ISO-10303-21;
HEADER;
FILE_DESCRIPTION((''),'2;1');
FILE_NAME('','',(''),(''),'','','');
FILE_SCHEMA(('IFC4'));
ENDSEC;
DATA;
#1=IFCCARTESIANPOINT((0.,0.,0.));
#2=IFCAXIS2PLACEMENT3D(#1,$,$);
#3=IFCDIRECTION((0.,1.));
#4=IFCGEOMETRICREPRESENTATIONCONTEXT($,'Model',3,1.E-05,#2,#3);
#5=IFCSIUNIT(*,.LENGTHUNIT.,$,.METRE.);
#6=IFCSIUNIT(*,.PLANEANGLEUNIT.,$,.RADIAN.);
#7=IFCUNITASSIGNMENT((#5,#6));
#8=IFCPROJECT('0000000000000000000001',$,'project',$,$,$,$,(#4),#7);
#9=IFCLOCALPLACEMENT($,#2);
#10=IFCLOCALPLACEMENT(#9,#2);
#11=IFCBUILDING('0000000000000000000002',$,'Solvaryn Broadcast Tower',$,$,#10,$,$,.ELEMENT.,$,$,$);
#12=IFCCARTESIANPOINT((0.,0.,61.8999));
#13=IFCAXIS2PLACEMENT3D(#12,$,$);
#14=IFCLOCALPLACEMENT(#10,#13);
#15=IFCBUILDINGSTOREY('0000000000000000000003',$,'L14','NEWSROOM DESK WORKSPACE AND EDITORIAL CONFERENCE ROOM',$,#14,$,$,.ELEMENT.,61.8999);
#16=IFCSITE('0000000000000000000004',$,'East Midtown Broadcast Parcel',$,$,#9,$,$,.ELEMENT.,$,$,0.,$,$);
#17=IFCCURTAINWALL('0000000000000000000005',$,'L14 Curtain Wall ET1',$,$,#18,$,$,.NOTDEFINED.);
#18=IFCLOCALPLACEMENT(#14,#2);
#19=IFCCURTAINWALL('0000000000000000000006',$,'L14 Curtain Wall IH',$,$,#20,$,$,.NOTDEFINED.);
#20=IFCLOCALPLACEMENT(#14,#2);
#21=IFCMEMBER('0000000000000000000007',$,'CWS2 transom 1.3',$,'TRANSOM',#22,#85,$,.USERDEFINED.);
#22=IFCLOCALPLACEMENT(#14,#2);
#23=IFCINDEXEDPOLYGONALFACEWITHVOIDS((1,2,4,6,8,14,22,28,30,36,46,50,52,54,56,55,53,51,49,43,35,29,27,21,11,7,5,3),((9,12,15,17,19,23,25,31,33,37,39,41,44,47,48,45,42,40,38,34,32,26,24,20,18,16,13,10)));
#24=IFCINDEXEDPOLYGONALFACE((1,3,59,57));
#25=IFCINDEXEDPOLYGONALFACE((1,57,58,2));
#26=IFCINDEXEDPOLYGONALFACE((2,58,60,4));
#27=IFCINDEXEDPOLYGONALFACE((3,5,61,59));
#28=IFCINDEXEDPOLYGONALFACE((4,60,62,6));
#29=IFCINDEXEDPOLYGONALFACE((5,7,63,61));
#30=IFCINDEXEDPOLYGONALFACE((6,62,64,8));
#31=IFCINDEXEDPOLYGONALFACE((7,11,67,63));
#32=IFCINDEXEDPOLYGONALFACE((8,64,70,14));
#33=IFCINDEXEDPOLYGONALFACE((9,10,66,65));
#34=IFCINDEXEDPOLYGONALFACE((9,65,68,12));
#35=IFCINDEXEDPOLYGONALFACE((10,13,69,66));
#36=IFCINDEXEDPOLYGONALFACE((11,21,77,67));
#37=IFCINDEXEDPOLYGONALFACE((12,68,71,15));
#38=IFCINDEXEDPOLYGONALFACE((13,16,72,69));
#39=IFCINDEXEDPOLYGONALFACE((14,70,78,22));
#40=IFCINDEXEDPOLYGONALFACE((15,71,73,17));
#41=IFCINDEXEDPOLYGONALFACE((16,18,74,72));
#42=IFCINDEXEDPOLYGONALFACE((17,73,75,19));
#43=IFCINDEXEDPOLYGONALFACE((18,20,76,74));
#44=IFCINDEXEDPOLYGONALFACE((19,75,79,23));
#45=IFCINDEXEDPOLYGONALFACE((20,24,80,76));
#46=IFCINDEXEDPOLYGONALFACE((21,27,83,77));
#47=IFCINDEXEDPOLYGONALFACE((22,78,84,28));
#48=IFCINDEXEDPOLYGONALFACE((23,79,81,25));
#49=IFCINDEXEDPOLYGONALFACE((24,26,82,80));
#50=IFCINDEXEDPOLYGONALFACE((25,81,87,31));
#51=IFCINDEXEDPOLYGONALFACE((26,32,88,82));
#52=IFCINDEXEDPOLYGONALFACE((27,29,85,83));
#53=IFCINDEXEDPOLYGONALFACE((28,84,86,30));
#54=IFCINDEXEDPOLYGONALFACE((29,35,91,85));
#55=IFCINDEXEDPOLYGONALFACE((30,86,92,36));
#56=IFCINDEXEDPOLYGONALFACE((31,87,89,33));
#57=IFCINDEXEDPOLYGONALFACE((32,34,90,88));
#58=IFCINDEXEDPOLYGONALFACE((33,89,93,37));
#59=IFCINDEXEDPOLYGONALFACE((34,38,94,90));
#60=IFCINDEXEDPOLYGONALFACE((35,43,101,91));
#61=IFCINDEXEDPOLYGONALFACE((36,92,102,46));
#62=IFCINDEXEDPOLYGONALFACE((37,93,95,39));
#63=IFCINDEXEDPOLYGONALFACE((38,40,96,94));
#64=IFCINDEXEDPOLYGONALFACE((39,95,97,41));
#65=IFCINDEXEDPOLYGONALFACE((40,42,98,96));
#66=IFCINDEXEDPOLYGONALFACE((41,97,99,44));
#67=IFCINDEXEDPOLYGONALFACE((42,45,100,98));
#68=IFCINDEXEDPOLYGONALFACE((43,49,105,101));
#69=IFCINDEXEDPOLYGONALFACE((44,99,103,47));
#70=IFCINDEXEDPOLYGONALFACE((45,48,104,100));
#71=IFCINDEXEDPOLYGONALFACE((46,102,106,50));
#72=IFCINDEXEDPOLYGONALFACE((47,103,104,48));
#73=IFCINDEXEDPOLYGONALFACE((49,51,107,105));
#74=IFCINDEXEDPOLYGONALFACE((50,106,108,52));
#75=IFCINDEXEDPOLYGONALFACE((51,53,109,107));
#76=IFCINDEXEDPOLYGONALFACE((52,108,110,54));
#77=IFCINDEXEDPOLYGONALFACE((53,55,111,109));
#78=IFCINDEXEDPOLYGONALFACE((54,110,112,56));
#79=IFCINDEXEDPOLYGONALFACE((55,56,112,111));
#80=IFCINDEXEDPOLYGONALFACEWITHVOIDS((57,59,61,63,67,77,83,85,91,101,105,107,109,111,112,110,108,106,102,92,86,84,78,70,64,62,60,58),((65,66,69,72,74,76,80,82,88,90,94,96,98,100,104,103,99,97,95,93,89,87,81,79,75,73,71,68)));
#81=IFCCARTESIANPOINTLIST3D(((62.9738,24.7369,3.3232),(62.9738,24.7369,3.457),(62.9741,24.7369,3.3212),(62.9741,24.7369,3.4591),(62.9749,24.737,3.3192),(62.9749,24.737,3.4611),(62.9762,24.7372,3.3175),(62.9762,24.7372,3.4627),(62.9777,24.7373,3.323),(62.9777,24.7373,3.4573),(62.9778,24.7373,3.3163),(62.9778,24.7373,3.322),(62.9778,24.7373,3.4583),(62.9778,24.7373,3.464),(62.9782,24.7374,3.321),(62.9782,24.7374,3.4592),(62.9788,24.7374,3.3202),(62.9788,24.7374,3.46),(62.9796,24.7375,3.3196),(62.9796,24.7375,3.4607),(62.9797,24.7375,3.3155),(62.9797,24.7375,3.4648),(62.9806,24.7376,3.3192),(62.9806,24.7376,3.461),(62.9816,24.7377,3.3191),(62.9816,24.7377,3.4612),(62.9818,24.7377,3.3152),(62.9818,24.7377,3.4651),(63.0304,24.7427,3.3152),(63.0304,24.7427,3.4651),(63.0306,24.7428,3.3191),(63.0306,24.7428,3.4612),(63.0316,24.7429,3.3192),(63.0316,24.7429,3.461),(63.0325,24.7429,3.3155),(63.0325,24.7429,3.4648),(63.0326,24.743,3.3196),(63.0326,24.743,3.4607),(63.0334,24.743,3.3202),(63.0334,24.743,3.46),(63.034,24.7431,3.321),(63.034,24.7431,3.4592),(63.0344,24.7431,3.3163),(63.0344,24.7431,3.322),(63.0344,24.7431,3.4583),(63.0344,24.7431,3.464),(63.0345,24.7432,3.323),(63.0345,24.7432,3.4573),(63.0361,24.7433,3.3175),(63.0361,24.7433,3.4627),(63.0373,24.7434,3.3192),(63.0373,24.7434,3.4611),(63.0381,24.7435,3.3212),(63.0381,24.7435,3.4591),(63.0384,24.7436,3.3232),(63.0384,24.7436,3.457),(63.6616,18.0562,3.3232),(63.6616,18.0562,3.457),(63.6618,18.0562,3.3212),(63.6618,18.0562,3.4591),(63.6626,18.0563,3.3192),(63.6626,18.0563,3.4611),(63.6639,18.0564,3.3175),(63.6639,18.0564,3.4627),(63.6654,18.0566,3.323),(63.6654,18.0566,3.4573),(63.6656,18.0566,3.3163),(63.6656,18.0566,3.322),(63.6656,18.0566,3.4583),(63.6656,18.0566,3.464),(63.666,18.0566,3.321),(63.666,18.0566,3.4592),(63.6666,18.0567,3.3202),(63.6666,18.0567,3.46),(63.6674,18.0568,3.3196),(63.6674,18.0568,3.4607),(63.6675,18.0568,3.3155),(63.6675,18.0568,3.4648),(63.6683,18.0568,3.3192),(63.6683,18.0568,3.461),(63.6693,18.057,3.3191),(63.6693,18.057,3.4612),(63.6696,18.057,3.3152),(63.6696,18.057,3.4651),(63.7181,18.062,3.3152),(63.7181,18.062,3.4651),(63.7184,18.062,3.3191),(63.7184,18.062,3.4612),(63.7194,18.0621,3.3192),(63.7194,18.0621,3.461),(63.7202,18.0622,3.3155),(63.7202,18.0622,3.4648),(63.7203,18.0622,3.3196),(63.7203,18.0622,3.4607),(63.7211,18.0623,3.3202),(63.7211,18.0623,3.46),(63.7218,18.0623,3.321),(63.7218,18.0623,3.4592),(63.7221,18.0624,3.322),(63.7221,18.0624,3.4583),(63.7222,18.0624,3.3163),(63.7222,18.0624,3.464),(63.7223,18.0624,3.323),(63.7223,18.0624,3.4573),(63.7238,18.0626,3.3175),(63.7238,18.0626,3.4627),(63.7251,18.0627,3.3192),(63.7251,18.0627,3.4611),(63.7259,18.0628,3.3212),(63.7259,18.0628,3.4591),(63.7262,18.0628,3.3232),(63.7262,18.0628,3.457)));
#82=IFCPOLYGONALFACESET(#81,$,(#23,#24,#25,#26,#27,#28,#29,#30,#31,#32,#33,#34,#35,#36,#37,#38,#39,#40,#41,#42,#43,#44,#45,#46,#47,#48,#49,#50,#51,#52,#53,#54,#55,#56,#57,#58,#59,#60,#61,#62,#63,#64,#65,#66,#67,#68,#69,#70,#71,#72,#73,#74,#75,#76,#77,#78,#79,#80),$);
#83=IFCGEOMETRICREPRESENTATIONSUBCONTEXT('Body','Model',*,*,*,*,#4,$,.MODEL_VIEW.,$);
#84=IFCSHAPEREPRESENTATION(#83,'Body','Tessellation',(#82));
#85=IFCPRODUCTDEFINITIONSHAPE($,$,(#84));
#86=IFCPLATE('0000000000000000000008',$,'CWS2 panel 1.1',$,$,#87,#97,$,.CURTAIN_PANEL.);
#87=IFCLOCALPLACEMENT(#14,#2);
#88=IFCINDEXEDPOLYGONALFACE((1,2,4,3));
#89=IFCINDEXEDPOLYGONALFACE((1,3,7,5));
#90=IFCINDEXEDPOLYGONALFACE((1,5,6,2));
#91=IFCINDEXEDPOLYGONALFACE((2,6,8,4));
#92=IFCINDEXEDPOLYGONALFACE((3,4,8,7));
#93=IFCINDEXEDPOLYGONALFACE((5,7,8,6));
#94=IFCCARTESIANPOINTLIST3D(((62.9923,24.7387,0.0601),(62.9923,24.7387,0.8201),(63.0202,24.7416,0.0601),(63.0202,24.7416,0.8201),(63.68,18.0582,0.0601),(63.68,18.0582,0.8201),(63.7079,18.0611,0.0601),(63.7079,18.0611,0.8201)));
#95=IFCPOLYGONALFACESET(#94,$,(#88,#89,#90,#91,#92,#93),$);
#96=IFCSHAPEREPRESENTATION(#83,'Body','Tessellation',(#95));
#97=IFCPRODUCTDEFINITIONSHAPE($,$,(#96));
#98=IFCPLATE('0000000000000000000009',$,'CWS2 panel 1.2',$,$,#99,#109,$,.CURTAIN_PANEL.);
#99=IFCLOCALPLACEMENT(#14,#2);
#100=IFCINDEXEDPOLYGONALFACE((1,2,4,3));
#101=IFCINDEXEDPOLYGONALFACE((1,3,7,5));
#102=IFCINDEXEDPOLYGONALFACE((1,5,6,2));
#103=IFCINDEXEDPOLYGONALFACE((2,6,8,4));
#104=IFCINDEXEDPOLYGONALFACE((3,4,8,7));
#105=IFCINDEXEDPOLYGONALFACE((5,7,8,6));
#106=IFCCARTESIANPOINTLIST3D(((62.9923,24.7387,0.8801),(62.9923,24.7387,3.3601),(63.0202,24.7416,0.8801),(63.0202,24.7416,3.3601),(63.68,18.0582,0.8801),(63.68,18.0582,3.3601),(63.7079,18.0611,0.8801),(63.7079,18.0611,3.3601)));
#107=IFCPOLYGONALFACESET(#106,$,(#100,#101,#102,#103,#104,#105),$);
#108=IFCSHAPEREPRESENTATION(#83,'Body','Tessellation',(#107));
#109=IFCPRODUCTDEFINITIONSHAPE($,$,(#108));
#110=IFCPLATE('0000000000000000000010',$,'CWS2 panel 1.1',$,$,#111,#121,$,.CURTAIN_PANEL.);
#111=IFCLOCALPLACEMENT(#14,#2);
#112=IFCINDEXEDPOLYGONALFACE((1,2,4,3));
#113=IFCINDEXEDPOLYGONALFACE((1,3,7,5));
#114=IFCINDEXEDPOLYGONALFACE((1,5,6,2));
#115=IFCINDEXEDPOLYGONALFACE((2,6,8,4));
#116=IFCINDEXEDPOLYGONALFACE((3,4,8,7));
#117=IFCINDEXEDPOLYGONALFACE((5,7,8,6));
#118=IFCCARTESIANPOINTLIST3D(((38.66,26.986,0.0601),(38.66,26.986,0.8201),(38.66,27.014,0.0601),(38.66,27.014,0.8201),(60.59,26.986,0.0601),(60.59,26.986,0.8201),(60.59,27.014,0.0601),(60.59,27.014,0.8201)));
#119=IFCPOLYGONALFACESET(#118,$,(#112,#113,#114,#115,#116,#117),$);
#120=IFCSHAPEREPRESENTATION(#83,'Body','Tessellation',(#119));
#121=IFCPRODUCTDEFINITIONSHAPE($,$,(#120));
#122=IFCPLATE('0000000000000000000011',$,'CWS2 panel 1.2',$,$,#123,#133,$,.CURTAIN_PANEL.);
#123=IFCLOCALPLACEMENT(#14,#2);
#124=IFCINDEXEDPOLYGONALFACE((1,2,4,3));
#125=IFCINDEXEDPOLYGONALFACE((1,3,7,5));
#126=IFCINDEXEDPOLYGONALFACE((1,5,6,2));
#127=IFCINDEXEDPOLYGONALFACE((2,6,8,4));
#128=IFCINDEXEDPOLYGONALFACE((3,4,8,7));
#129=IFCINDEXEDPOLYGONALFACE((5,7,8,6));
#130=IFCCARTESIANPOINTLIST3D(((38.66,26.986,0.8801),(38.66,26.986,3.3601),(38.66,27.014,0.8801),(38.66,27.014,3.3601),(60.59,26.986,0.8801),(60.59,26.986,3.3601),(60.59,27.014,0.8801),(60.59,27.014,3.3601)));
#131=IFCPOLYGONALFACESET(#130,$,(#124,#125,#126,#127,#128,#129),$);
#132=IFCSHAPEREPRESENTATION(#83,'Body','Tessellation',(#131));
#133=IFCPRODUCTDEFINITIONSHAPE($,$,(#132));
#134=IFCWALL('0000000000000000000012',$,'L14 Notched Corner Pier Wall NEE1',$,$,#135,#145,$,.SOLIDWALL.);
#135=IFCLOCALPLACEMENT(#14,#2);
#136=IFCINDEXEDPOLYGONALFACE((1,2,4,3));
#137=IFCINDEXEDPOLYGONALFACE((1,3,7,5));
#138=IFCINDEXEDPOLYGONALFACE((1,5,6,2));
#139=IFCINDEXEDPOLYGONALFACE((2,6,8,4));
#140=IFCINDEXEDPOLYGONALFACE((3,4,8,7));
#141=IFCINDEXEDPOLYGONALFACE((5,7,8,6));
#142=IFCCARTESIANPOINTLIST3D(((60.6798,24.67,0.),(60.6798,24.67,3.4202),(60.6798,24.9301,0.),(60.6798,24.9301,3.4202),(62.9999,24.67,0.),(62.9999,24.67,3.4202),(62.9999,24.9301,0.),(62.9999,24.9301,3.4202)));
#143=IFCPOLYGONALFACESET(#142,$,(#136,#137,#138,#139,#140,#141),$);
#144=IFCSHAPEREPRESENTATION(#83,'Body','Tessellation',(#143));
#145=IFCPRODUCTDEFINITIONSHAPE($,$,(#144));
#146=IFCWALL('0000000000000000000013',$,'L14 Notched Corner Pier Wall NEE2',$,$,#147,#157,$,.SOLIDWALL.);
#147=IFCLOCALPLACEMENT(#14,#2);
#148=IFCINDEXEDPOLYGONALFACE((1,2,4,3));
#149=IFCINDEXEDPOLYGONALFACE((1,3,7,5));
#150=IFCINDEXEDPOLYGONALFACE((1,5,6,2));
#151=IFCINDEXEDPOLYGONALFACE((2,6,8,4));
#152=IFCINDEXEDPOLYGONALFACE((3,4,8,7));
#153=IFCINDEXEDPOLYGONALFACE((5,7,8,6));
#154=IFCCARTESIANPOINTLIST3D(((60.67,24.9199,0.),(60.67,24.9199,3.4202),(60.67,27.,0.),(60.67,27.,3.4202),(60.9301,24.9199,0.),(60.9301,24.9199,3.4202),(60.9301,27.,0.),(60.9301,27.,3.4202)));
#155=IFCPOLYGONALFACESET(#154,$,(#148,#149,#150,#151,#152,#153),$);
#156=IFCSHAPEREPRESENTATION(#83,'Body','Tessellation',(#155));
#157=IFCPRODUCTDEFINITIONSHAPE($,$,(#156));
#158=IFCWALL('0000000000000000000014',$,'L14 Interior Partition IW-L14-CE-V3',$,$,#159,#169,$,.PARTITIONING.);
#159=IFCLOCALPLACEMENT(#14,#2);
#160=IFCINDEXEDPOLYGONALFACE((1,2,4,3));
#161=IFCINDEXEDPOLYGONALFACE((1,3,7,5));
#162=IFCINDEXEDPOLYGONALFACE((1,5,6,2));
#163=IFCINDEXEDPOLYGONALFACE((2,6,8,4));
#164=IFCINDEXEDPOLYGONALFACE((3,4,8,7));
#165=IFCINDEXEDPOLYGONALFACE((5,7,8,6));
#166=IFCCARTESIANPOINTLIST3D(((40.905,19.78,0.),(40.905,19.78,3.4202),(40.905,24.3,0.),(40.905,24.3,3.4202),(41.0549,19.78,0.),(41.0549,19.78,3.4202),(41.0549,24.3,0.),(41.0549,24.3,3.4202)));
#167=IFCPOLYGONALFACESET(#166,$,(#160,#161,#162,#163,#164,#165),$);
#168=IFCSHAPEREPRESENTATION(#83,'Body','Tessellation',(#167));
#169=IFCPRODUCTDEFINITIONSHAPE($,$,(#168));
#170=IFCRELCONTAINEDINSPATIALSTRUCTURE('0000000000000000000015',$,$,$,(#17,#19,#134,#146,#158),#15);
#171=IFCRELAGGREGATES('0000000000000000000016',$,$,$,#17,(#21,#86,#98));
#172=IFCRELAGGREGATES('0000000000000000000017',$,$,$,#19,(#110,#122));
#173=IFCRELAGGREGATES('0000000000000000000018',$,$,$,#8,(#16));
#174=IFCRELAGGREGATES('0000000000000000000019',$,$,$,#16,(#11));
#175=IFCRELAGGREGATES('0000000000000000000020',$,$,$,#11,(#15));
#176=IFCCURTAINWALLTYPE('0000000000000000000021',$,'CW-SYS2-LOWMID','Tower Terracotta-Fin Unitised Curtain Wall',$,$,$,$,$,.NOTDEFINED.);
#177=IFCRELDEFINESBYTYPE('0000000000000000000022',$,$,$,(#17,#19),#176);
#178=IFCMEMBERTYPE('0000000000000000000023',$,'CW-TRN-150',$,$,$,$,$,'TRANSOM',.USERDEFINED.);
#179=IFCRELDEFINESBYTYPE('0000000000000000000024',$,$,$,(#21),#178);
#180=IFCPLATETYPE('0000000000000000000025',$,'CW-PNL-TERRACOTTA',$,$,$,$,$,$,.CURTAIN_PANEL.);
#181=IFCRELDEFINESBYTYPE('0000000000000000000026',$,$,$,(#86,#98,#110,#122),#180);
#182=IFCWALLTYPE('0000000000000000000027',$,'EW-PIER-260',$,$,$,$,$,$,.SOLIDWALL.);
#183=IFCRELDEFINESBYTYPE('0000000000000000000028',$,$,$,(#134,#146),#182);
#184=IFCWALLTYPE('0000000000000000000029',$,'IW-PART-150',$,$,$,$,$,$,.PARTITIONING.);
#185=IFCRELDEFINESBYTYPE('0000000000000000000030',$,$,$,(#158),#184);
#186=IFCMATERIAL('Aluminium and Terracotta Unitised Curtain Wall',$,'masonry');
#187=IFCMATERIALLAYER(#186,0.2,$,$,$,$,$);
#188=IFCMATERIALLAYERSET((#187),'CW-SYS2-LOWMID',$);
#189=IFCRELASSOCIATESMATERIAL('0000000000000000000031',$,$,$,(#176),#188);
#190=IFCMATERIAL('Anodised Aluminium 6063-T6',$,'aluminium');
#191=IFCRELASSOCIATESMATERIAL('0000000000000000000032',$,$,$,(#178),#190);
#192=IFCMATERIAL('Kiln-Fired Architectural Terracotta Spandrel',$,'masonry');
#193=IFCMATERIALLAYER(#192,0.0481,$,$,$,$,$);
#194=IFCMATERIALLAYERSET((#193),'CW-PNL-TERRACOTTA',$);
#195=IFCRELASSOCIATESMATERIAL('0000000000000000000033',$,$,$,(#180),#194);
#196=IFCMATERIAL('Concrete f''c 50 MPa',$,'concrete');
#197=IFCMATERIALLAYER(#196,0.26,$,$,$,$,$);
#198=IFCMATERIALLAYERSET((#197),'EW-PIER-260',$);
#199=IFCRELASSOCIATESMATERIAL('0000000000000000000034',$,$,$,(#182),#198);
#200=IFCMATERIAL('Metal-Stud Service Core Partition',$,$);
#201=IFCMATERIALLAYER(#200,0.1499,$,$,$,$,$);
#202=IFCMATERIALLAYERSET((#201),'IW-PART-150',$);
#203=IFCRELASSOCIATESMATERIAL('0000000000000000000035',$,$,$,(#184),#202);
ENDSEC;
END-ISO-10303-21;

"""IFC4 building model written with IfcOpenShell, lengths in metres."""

from ifc_helpers import new_model, si_unit, direction, frame, frame_2d, origin, origin_2d, place, context, subcontext, project, spatial, rectangle, hollow_rectangle, extrude, material, layer, layer_set, material_profile, profile_set, type_object, element, aggregate, save


model = new_model("IFC4")

# Units and contexts
model_context = context("Model", 3, precision=1e-05, world=origin(), true_north=direction((0.0, 1.0)))
body_context = subcontext(model_context, "Body", "Model", "MODEL_VIEW")
ifc_project = project(units=[si_unit("LENGTHUNIT", "METRE"), si_unit("PLANEANGLEUNIT", "RADIAN")], contexts=[model_context])

# Site, building, storey
site_placement = place(None, origin())
site = spatial("IfcSite", under=ifc_project, at=site_placement, Name="East Midtown Broadcast Parcel", CompositionType="ELEMENT", RefElevation=0.0)
building_placement = place(site_placement, origin())
building = spatial("IfcBuilding", under=site, at=building_placement, Name="Solvaryn Broadcast Tower", CompositionType="ELEMENT")
storey_placement = place(building_placement, frame((0.0, 0.0, 61.8999)))
storey = spatial("IfcBuildingStorey", under=building, at=storey_placement, Name="L14", Description="NEWSROOM DESK WORKSPACE AND EDITORIAL CONFERENCE ROOM", CompositionType="ELEMENT", Elevation=61.8999)

# Curtain walls
ifc_material_1 = material(Name="Aluminium and Terracotta Unitised Curtain Wall", Category="masonry")
ifc_layer_1 = layer(ifc_material_1, 0.2)
ifc_layer_set_1 = layer_set([ifc_layer_1], Name="CW-SYS2-LOWMID")
curtain_wall_type = type_object("IfcCurtainWallType", Name="CW-SYS2-LOWMID", Description="Tower Terracotta-Fin Unitised Curtain Wall", PredefinedType="NOTDEFINED", material=ifc_layer_set_1)
curtain_wall_1_placement = place(storey_placement, origin())
curtain_wall_1 = element("IfcCurtainWall", 1, at=curtain_wall_1_placement, inside=storey, type_object=curtain_wall_type, Name="L14 Curtain Wall ET1", PredefinedType="NOTDEFINED")
curtain_wall_2_placement = place(storey_placement, origin())
curtain_wall_2 = element("IfcCurtainWall", 2, at=curtain_wall_2_placement, inside=storey, type_object=curtain_wall_type, Name="L14 Curtain Wall IH", PredefinedType="NOTDEFINED")

# Member
ifc_material_2 = material(Name="Anodised Aluminium 6063-T6", Category="aluminium")
ifc_material_profile_1 = material_profile(ifc_material_2, hollow_rectangle(XDim=0.0649, YDim=0.1499, WallThickness=0.0039, InnerFilletRadius=0.0039, OuterFilletRadius=0.0081, at=origin_2d()))
ifc_profile_set_1 = profile_set([ifc_material_profile_1], Name="Anodised Aluminium 6063-T6")
member_type_1 = type_object("IfcMemberType", Name="CW-TRN-150", ElementType="TRANSOM", PredefinedType="USERDEFINED", material=ifc_profile_set_1)
member_1_placement = place(storey_placement, frame((63.0061, 24.7402, 3.3901), z_axis=(0.102404, -0.994743, 0.0), x_axis=(0.994743, 0.102404, 0.0)))
member_1 = element("IfcMember", 3, at=member_1_placement, type_object=member_type_1, Name="CWS2 transom 1.3", ObjectType="TRANSOM", PredefinedType="USERDEFINED", context=body_context, shape_type="SweptSolid", body=[
    extrude(hollow_rectangle(XDim=0.0649, YDim=0.1499, WallThickness=0.0039, InnerFilletRadius=0.0039, OuterFilletRadius=0.0081, at=origin_2d()), origin(), (0.0, 0.0, 1.0), 6.7161),
])

# Plates
ifc_material_3 = material(Name="Kiln-Fired Architectural Terracotta Spandrel", Category="masonry")
ifc_layer_2 = layer(ifc_material_3, 0.0481)
ifc_layer_set_2 = layer_set([ifc_layer_2], Name="CW-PNL-TERRACOTTA")
plate_type = type_object("IfcPlateType", Name="CW-PNL-TERRACOTTA", PredefinedType="CURTAIN_PANEL", material=ifc_layer_set_2)
plate_1_placement = place(storey_placement, frame((63.3501, 21.3999, 0.0601), z_axis=(0.0, 0.0, 1.0), x_axis=(0.1024, -0.994743, 0.0)))
plate_1 = element("IfcPlate", 4, at=plate_1_placement, type_object=plate_type, Name="CWS2 panel 1.1", PredefinedType="CURTAIN_PANEL", context=body_context, shape_type="SweptSolid", body=[
    extrude(rectangle(XDim=6.7158, YDim=0.0281, at=origin_2d()), origin(), (0.0, 0.0, 1.0), 0.76),
])
plate_2_placement = place(storey_placement, frame((63.3501, 21.3999, 0.8801), z_axis=(0.0, 0.0, 1.0), x_axis=(0.1024, -0.994743, 0.0)))
plate_2 = element("IfcPlate", 5, at=plate_2_placement, type_object=plate_type, Name="CWS2 panel 1.2", PredefinedType="CURTAIN_PANEL", context=body_context, shape_type="SweptSolid", body=[
    extrude(rectangle(XDim=6.7158, YDim=0.0281, at=origin_2d()), origin(), (0.0, 0.0, 1.0), 2.48),
])
aggregate(curtain_wall_1, [member_1, plate_1, plate_2])
plate_3_placement = place(storey_placement, frame((49.625, 27.0, 0.0601), z_axis=(0.0, 0.0, 1.0), x_axis=(1.0, 0.0, 0.0)))
plate_3 = element("IfcPlate", 6, at=plate_3_placement, type_object=plate_type, Name="CWS2 panel 1.1", PredefinedType="CURTAIN_PANEL", context=body_context, shape_type="SweptSolid", body=[
    extrude(rectangle(XDim=21.9299, YDim=0.0281, at=origin_2d()), origin(), (0.0, 0.0, 1.0), 0.76),
])
plate_4_placement = place(storey_placement, frame((49.625, 27.0, 0.8801), z_axis=(0.0, 0.0, 1.0), x_axis=(1.0, 0.0, 0.0)))
plate_4 = element("IfcPlate", 7, at=plate_4_placement, type_object=plate_type, Name="CWS2 panel 1.2", PredefinedType="CURTAIN_PANEL", context=body_context, shape_type="SweptSolid", body=[
    extrude(rectangle(XDim=21.9299, YDim=0.0281, at=origin_2d()), origin(), (0.0, 0.0, 1.0), 2.48),
])
aggregate(curtain_wall_2, [plate_3, plate_4])

# Walls
ifc_material_4 = material(Name="Concrete f'c 50 MPa", Category="concrete")
ifc_layer_3 = layer(ifc_material_4, 0.26)
ifc_layer_set_3 = layer_set([ifc_layer_3], Name="EW-PIER-260")
wall_type_1 = type_object("IfcWallType", Name="EW-PIER-260", PredefinedType="SOLIDWALL", material=ifc_layer_set_3)
wall_1_placement = place(storey_placement, frame((63.0, 24.8, 0.0), z_axis=(0.0, 0.0, 1.0), x_axis=(-1.0, 0.0, 0.0)))
element("IfcWall", 8, at=wall_1_placement, inside=storey, type_object=wall_type_1, Name="L14 Notched Corner Pier Wall NEE1", PredefinedType="SOLIDWALL", context=body_context, shape_type="SweptSolid", body=[
    extrude(rectangle(XDim=2.3201, YDim=0.26, at=frame_2d((1.1602, 0.0))), origin(), (0.0, 0.0, 1.0), 3.4202),
])
wall_2_placement = place(storey_placement, frame((60.8, 24.9199, 0.0), z_axis=(0.0, 0.0, 1.0), x_axis=(0.0, 1.0, 0.0)))
element("IfcWall", 9, at=wall_2_placement, inside=storey, type_object=wall_type_1, Name="L14 Notched Corner Pier Wall NEE2", PredefinedType="SOLIDWALL", context=body_context, shape_type="SweptSolid", body=[
    extrude(rectangle(XDim=2.0801, YDim=0.26, at=frame_2d((1.04, 0.0))), origin(), (0.0, 0.0, 1.0), 3.4202),
])
ifc_material_5 = material(Name="Metal-Stud Service Core Partition")
ifc_layer_4 = layer(ifc_material_5, 0.1499)
ifc_layer_set_4 = layer_set([ifc_layer_4], Name="IW-PART-150")
wall_type_2 = type_object("IfcWallType", Name="IW-PART-150", PredefinedType="PARTITIONING", material=ifc_layer_set_4)
wall_3_placement = place(storey_placement, frame((40.98, 19.78, 0.0), z_axis=(0.0, 0.0, 1.0), x_axis=(0.0, 1.0, 0.0)))
element("IfcWall", 10, at=wall_3_placement, inside=storey, type_object=wall_type_2, Name="L14 Interior Partition IW-L14-CE-V3", PredefinedType="PARTITIONING", context=body_context, shape_type="SweptSolid", body=[
    extrude(rectangle(XDim=4.52, YDim=0.1499, at=frame_2d((2.26, 0.0))), origin(), (0.0, 0.0, 1.0), 3.4202),
])

save(model, "model.ifc")
